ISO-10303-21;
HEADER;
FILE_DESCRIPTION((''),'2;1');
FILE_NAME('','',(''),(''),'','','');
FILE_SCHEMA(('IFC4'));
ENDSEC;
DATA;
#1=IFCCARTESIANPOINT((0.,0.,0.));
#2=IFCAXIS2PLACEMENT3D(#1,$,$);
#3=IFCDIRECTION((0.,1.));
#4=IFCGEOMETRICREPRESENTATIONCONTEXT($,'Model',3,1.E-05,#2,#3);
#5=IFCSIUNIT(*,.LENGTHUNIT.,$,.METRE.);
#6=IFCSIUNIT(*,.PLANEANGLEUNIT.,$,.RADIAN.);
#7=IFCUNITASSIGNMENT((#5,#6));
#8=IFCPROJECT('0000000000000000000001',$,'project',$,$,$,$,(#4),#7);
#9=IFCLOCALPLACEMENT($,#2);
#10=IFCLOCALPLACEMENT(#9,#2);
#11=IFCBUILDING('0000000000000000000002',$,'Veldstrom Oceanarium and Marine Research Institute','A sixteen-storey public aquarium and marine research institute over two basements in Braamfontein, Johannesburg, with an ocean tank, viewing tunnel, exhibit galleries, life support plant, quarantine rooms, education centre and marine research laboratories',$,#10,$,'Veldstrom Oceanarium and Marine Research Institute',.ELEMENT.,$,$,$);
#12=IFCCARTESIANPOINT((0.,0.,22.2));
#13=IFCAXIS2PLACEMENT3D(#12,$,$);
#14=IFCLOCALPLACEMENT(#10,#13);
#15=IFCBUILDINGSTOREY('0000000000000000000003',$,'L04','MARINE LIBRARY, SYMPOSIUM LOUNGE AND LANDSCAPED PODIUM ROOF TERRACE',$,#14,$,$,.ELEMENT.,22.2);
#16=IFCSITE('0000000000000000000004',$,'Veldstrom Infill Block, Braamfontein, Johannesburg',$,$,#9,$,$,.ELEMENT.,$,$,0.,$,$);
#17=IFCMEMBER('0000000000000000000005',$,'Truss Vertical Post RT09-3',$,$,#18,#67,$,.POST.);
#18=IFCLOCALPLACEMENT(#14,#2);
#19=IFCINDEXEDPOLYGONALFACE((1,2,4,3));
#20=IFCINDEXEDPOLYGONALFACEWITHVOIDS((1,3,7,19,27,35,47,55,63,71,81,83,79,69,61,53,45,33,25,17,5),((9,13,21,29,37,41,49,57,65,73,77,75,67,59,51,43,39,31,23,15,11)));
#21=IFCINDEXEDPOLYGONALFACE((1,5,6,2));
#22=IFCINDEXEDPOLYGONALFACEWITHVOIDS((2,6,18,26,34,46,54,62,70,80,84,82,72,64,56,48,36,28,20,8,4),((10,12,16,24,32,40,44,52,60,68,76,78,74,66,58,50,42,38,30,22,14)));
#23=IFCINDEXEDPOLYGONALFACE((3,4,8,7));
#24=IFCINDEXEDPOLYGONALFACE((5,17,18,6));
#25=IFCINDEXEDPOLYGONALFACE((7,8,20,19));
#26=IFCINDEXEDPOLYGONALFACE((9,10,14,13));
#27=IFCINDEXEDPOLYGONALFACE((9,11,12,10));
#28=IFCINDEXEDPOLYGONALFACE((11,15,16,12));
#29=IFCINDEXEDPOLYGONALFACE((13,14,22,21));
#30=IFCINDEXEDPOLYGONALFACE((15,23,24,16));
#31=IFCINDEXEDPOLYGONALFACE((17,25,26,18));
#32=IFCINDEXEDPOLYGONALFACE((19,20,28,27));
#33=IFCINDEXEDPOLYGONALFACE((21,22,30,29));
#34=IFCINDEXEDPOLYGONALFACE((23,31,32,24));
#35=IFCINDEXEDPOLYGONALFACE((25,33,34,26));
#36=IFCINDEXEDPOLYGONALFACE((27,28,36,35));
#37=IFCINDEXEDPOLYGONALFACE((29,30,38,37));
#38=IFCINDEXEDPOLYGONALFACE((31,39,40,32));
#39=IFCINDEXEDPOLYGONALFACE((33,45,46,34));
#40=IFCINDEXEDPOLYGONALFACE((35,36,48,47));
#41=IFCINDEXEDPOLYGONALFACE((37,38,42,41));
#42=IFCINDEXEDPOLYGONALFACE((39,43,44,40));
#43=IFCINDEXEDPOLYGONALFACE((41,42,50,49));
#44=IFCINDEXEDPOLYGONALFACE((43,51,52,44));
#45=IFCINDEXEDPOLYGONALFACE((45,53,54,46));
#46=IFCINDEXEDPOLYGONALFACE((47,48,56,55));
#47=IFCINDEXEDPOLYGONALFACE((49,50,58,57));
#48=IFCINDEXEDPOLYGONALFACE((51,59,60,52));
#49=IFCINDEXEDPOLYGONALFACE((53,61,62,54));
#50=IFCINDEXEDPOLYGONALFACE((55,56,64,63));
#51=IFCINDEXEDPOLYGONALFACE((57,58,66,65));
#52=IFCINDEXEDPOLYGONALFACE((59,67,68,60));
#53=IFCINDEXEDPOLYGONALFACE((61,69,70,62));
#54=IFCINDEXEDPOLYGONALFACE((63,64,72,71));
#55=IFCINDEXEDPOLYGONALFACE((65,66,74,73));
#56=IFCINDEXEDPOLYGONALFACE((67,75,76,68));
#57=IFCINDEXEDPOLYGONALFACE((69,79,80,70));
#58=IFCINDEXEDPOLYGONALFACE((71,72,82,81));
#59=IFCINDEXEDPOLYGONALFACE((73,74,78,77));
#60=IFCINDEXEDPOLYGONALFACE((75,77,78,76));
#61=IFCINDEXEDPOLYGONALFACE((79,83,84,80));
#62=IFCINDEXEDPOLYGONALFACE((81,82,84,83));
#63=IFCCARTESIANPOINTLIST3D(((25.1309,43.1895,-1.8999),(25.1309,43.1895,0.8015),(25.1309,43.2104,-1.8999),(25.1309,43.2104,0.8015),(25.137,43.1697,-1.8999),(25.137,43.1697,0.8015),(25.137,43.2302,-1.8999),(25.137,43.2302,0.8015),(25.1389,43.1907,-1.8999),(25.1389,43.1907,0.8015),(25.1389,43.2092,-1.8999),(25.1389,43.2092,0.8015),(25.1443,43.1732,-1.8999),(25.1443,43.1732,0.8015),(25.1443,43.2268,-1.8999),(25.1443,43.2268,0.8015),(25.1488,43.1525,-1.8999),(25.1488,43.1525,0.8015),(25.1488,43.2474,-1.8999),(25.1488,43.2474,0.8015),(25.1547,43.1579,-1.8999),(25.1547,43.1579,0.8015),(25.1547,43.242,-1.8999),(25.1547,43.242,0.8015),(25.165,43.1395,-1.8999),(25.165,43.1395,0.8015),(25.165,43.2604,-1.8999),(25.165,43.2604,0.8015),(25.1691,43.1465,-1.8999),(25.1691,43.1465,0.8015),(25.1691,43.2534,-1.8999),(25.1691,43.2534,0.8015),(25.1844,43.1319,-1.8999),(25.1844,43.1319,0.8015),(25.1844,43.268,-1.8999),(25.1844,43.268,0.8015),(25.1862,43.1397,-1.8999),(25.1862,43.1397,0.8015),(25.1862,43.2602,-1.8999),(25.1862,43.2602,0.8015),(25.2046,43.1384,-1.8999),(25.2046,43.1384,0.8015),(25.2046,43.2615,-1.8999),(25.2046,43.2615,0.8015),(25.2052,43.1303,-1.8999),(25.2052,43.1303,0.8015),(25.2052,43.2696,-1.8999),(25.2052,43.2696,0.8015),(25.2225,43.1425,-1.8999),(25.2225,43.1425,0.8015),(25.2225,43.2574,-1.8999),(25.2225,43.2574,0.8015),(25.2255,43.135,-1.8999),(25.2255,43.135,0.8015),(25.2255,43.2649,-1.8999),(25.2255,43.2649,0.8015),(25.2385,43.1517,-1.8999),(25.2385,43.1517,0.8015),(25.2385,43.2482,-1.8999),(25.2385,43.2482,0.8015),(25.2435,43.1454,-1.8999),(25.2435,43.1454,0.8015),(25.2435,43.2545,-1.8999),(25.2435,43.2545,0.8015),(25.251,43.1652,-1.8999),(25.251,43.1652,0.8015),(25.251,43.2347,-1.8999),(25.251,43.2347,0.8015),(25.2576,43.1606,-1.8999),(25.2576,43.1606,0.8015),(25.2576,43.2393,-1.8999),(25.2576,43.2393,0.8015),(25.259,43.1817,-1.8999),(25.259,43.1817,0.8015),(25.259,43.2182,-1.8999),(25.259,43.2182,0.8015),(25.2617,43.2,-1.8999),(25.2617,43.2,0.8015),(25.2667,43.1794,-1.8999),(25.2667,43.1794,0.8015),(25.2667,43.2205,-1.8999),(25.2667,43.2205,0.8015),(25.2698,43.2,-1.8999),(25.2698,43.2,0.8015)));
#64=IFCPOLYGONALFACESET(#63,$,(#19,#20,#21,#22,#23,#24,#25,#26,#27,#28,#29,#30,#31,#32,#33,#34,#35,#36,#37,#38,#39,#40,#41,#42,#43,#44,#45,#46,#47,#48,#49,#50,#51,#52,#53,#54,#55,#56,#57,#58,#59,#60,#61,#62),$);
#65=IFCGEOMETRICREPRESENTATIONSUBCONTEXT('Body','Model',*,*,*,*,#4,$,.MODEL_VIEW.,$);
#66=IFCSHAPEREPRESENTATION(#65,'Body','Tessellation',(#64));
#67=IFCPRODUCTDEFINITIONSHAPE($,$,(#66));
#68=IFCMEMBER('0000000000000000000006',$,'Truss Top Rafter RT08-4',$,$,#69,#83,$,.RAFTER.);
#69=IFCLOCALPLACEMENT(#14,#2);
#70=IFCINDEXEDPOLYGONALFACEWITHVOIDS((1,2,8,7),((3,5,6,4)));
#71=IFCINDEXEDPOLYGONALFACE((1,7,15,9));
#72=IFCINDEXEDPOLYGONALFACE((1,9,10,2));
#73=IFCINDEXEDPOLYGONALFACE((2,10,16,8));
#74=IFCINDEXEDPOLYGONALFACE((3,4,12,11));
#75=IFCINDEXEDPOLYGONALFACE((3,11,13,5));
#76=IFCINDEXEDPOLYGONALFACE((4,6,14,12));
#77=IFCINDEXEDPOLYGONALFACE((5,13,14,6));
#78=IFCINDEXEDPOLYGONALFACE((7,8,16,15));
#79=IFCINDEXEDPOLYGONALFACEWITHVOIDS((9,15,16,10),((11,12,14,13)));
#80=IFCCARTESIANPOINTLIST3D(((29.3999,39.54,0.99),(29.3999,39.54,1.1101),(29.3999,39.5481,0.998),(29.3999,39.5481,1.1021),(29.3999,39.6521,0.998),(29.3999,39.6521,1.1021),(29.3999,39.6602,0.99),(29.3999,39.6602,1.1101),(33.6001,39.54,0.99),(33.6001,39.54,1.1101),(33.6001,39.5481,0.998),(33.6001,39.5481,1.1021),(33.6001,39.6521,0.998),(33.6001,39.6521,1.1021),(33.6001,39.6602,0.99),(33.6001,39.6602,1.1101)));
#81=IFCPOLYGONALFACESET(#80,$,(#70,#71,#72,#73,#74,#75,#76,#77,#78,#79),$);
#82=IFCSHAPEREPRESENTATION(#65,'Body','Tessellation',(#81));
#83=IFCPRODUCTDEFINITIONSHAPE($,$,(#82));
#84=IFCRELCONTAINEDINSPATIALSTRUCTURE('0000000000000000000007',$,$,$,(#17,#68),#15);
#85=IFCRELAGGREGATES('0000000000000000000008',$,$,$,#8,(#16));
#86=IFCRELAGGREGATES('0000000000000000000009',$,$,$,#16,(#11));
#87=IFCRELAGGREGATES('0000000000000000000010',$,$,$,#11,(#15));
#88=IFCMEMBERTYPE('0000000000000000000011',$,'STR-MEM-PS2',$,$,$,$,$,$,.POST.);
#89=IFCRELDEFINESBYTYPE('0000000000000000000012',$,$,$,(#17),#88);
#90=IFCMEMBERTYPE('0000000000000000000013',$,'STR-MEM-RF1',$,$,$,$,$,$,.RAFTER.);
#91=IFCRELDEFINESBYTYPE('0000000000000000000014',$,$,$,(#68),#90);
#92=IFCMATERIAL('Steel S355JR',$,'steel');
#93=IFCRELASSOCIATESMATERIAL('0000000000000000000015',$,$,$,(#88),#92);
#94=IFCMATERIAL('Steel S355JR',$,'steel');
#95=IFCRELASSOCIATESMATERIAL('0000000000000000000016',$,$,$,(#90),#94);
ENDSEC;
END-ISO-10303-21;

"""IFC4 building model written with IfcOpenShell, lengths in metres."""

from ifc_helpers import new_model, si_unit, direction, frame, origin, origin_2d, place, context, subcontext, project, spatial, hollow_rectangle, hollow_circle, extrude, material, material_profile, profile_set, type_object, element, save


model = new_model("IFC4")

# Units and contexts
model_context = context("Model", 3, precision=1e-05, world=origin(), true_north=direction((0.0, 1.0)))
body_context = subcontext(model_context, "Body", "Model", "MODEL_VIEW")
ifc_project = project(units=[si_unit("LENGTHUNIT", "METRE"), si_unit("PLANEANGLEUNIT", "RADIAN")], contexts=[model_context])

# Site, building, storey
site_placement = place(None, origin())
site = spatial("IfcSite", under=ifc_project, at=site_placement, Name="Veldstrom Infill Block, Braamfontein, Johannesburg", CompositionType="ELEMENT", RefElevation=0.0)
building_placement = place(site_placement, origin())
building = spatial("IfcBuilding", under=site, at=building_placement, Name="Veldstrom Oceanarium and Marine Research Institute", Description="A sixteen-storey public aquarium and marine research institute over two basements in Braamfontein, Johannesburg, with an ocean tank, viewing tunnel, exhibit galleries, life support plant, quarantine rooms, education centre and marine research laboratories", LongName="Veldstrom Oceanarium and Marine Research Institute", CompositionType="ELEMENT")
storey_placement = place(building_placement, frame((0.0, 0.0, 22.2)))
storey = spatial("IfcBuildingStorey", under=building, at=storey_placement, Name="L04", Description="MARINE LIBRARY, SYMPOSIUM LOUNGE AND LANDSCAPED PODIUM ROOF TERRACE", CompositionType="ELEMENT", Elevation=22.2)

# Members
ifc_material_1 = material(Name="Steel S355JR", Category="steel")
ifc_material_profile_1 = material_profile(ifc_material_1, hollow_circle(Radius=0.0698, WallThickness=0.0081, at=origin_2d()), Name="CHS 139.7x8")
ifc_profile_set_1 = profile_set([ifc_material_profile_1], Name="Steel S355JR")
member_type_1 = type_object("IfcMemberType", Name="STR-MEM-PS2", PredefinedType="POST", material=ifc_profile_set_1)
member_1_placement = place(storey_placement, frame((25.2, 43.2, -1.8999), z_axis=(0.0, 0.0, 1.0), x_axis=(1.0, 0.0, 0.0)))
element("IfcMember", 1, at=member_1_placement, inside=storey, type_object=member_type_1, Name="Truss Vertical Post RT09-3", PredefinedType="POST", context=body_context, shape_type="SweptSolid", body=[
    extrude(hollow_circle(Radius=0.0698, WallThickness=0.0081, at=origin_2d()), origin(), (0.0, 0.0, 1.0), 2.7014),
])
ifc_material_2 = material(Name="Steel S355JR", Category="steel")
ifc_material_profile_2 = material_profile(ifc_material_2, hollow_rectangle(XDim=0.1201, YDim=0.1201, WallThickness=0.0081, at=origin_2d()), Name="SHS 120x120x8")
ifc_profile_set_2 = profile_set([ifc_material_profile_2], Name="Steel S355JR")
member_type_2 = type_object("IfcMemberType", Name="STR-MEM-RF1", PredefinedType="RAFTER", material=ifc_profile_set_2)
member_2_placement = place(storey_placement, frame((29.3999, 39.6001, 1.05), z_axis=(1.0, 0.0, 0.0), x_axis=(0.0, 1.0, 0.0)))
element("IfcMember", 2, at=member_2_placement, inside=storey, type_object=member_type_2, Name="Truss Top Rafter RT08-4", PredefinedType="RAFTER", context=body_context, shape_type="SweptSolid", body=[
    extrude(hollow_rectangle(XDim=0.1201, YDim=0.1201, WallThickness=0.0081, at=origin_2d()), origin(), (0.0, 0.0, 1.0), 4.2002),
])

save(model, "model.ifc")
